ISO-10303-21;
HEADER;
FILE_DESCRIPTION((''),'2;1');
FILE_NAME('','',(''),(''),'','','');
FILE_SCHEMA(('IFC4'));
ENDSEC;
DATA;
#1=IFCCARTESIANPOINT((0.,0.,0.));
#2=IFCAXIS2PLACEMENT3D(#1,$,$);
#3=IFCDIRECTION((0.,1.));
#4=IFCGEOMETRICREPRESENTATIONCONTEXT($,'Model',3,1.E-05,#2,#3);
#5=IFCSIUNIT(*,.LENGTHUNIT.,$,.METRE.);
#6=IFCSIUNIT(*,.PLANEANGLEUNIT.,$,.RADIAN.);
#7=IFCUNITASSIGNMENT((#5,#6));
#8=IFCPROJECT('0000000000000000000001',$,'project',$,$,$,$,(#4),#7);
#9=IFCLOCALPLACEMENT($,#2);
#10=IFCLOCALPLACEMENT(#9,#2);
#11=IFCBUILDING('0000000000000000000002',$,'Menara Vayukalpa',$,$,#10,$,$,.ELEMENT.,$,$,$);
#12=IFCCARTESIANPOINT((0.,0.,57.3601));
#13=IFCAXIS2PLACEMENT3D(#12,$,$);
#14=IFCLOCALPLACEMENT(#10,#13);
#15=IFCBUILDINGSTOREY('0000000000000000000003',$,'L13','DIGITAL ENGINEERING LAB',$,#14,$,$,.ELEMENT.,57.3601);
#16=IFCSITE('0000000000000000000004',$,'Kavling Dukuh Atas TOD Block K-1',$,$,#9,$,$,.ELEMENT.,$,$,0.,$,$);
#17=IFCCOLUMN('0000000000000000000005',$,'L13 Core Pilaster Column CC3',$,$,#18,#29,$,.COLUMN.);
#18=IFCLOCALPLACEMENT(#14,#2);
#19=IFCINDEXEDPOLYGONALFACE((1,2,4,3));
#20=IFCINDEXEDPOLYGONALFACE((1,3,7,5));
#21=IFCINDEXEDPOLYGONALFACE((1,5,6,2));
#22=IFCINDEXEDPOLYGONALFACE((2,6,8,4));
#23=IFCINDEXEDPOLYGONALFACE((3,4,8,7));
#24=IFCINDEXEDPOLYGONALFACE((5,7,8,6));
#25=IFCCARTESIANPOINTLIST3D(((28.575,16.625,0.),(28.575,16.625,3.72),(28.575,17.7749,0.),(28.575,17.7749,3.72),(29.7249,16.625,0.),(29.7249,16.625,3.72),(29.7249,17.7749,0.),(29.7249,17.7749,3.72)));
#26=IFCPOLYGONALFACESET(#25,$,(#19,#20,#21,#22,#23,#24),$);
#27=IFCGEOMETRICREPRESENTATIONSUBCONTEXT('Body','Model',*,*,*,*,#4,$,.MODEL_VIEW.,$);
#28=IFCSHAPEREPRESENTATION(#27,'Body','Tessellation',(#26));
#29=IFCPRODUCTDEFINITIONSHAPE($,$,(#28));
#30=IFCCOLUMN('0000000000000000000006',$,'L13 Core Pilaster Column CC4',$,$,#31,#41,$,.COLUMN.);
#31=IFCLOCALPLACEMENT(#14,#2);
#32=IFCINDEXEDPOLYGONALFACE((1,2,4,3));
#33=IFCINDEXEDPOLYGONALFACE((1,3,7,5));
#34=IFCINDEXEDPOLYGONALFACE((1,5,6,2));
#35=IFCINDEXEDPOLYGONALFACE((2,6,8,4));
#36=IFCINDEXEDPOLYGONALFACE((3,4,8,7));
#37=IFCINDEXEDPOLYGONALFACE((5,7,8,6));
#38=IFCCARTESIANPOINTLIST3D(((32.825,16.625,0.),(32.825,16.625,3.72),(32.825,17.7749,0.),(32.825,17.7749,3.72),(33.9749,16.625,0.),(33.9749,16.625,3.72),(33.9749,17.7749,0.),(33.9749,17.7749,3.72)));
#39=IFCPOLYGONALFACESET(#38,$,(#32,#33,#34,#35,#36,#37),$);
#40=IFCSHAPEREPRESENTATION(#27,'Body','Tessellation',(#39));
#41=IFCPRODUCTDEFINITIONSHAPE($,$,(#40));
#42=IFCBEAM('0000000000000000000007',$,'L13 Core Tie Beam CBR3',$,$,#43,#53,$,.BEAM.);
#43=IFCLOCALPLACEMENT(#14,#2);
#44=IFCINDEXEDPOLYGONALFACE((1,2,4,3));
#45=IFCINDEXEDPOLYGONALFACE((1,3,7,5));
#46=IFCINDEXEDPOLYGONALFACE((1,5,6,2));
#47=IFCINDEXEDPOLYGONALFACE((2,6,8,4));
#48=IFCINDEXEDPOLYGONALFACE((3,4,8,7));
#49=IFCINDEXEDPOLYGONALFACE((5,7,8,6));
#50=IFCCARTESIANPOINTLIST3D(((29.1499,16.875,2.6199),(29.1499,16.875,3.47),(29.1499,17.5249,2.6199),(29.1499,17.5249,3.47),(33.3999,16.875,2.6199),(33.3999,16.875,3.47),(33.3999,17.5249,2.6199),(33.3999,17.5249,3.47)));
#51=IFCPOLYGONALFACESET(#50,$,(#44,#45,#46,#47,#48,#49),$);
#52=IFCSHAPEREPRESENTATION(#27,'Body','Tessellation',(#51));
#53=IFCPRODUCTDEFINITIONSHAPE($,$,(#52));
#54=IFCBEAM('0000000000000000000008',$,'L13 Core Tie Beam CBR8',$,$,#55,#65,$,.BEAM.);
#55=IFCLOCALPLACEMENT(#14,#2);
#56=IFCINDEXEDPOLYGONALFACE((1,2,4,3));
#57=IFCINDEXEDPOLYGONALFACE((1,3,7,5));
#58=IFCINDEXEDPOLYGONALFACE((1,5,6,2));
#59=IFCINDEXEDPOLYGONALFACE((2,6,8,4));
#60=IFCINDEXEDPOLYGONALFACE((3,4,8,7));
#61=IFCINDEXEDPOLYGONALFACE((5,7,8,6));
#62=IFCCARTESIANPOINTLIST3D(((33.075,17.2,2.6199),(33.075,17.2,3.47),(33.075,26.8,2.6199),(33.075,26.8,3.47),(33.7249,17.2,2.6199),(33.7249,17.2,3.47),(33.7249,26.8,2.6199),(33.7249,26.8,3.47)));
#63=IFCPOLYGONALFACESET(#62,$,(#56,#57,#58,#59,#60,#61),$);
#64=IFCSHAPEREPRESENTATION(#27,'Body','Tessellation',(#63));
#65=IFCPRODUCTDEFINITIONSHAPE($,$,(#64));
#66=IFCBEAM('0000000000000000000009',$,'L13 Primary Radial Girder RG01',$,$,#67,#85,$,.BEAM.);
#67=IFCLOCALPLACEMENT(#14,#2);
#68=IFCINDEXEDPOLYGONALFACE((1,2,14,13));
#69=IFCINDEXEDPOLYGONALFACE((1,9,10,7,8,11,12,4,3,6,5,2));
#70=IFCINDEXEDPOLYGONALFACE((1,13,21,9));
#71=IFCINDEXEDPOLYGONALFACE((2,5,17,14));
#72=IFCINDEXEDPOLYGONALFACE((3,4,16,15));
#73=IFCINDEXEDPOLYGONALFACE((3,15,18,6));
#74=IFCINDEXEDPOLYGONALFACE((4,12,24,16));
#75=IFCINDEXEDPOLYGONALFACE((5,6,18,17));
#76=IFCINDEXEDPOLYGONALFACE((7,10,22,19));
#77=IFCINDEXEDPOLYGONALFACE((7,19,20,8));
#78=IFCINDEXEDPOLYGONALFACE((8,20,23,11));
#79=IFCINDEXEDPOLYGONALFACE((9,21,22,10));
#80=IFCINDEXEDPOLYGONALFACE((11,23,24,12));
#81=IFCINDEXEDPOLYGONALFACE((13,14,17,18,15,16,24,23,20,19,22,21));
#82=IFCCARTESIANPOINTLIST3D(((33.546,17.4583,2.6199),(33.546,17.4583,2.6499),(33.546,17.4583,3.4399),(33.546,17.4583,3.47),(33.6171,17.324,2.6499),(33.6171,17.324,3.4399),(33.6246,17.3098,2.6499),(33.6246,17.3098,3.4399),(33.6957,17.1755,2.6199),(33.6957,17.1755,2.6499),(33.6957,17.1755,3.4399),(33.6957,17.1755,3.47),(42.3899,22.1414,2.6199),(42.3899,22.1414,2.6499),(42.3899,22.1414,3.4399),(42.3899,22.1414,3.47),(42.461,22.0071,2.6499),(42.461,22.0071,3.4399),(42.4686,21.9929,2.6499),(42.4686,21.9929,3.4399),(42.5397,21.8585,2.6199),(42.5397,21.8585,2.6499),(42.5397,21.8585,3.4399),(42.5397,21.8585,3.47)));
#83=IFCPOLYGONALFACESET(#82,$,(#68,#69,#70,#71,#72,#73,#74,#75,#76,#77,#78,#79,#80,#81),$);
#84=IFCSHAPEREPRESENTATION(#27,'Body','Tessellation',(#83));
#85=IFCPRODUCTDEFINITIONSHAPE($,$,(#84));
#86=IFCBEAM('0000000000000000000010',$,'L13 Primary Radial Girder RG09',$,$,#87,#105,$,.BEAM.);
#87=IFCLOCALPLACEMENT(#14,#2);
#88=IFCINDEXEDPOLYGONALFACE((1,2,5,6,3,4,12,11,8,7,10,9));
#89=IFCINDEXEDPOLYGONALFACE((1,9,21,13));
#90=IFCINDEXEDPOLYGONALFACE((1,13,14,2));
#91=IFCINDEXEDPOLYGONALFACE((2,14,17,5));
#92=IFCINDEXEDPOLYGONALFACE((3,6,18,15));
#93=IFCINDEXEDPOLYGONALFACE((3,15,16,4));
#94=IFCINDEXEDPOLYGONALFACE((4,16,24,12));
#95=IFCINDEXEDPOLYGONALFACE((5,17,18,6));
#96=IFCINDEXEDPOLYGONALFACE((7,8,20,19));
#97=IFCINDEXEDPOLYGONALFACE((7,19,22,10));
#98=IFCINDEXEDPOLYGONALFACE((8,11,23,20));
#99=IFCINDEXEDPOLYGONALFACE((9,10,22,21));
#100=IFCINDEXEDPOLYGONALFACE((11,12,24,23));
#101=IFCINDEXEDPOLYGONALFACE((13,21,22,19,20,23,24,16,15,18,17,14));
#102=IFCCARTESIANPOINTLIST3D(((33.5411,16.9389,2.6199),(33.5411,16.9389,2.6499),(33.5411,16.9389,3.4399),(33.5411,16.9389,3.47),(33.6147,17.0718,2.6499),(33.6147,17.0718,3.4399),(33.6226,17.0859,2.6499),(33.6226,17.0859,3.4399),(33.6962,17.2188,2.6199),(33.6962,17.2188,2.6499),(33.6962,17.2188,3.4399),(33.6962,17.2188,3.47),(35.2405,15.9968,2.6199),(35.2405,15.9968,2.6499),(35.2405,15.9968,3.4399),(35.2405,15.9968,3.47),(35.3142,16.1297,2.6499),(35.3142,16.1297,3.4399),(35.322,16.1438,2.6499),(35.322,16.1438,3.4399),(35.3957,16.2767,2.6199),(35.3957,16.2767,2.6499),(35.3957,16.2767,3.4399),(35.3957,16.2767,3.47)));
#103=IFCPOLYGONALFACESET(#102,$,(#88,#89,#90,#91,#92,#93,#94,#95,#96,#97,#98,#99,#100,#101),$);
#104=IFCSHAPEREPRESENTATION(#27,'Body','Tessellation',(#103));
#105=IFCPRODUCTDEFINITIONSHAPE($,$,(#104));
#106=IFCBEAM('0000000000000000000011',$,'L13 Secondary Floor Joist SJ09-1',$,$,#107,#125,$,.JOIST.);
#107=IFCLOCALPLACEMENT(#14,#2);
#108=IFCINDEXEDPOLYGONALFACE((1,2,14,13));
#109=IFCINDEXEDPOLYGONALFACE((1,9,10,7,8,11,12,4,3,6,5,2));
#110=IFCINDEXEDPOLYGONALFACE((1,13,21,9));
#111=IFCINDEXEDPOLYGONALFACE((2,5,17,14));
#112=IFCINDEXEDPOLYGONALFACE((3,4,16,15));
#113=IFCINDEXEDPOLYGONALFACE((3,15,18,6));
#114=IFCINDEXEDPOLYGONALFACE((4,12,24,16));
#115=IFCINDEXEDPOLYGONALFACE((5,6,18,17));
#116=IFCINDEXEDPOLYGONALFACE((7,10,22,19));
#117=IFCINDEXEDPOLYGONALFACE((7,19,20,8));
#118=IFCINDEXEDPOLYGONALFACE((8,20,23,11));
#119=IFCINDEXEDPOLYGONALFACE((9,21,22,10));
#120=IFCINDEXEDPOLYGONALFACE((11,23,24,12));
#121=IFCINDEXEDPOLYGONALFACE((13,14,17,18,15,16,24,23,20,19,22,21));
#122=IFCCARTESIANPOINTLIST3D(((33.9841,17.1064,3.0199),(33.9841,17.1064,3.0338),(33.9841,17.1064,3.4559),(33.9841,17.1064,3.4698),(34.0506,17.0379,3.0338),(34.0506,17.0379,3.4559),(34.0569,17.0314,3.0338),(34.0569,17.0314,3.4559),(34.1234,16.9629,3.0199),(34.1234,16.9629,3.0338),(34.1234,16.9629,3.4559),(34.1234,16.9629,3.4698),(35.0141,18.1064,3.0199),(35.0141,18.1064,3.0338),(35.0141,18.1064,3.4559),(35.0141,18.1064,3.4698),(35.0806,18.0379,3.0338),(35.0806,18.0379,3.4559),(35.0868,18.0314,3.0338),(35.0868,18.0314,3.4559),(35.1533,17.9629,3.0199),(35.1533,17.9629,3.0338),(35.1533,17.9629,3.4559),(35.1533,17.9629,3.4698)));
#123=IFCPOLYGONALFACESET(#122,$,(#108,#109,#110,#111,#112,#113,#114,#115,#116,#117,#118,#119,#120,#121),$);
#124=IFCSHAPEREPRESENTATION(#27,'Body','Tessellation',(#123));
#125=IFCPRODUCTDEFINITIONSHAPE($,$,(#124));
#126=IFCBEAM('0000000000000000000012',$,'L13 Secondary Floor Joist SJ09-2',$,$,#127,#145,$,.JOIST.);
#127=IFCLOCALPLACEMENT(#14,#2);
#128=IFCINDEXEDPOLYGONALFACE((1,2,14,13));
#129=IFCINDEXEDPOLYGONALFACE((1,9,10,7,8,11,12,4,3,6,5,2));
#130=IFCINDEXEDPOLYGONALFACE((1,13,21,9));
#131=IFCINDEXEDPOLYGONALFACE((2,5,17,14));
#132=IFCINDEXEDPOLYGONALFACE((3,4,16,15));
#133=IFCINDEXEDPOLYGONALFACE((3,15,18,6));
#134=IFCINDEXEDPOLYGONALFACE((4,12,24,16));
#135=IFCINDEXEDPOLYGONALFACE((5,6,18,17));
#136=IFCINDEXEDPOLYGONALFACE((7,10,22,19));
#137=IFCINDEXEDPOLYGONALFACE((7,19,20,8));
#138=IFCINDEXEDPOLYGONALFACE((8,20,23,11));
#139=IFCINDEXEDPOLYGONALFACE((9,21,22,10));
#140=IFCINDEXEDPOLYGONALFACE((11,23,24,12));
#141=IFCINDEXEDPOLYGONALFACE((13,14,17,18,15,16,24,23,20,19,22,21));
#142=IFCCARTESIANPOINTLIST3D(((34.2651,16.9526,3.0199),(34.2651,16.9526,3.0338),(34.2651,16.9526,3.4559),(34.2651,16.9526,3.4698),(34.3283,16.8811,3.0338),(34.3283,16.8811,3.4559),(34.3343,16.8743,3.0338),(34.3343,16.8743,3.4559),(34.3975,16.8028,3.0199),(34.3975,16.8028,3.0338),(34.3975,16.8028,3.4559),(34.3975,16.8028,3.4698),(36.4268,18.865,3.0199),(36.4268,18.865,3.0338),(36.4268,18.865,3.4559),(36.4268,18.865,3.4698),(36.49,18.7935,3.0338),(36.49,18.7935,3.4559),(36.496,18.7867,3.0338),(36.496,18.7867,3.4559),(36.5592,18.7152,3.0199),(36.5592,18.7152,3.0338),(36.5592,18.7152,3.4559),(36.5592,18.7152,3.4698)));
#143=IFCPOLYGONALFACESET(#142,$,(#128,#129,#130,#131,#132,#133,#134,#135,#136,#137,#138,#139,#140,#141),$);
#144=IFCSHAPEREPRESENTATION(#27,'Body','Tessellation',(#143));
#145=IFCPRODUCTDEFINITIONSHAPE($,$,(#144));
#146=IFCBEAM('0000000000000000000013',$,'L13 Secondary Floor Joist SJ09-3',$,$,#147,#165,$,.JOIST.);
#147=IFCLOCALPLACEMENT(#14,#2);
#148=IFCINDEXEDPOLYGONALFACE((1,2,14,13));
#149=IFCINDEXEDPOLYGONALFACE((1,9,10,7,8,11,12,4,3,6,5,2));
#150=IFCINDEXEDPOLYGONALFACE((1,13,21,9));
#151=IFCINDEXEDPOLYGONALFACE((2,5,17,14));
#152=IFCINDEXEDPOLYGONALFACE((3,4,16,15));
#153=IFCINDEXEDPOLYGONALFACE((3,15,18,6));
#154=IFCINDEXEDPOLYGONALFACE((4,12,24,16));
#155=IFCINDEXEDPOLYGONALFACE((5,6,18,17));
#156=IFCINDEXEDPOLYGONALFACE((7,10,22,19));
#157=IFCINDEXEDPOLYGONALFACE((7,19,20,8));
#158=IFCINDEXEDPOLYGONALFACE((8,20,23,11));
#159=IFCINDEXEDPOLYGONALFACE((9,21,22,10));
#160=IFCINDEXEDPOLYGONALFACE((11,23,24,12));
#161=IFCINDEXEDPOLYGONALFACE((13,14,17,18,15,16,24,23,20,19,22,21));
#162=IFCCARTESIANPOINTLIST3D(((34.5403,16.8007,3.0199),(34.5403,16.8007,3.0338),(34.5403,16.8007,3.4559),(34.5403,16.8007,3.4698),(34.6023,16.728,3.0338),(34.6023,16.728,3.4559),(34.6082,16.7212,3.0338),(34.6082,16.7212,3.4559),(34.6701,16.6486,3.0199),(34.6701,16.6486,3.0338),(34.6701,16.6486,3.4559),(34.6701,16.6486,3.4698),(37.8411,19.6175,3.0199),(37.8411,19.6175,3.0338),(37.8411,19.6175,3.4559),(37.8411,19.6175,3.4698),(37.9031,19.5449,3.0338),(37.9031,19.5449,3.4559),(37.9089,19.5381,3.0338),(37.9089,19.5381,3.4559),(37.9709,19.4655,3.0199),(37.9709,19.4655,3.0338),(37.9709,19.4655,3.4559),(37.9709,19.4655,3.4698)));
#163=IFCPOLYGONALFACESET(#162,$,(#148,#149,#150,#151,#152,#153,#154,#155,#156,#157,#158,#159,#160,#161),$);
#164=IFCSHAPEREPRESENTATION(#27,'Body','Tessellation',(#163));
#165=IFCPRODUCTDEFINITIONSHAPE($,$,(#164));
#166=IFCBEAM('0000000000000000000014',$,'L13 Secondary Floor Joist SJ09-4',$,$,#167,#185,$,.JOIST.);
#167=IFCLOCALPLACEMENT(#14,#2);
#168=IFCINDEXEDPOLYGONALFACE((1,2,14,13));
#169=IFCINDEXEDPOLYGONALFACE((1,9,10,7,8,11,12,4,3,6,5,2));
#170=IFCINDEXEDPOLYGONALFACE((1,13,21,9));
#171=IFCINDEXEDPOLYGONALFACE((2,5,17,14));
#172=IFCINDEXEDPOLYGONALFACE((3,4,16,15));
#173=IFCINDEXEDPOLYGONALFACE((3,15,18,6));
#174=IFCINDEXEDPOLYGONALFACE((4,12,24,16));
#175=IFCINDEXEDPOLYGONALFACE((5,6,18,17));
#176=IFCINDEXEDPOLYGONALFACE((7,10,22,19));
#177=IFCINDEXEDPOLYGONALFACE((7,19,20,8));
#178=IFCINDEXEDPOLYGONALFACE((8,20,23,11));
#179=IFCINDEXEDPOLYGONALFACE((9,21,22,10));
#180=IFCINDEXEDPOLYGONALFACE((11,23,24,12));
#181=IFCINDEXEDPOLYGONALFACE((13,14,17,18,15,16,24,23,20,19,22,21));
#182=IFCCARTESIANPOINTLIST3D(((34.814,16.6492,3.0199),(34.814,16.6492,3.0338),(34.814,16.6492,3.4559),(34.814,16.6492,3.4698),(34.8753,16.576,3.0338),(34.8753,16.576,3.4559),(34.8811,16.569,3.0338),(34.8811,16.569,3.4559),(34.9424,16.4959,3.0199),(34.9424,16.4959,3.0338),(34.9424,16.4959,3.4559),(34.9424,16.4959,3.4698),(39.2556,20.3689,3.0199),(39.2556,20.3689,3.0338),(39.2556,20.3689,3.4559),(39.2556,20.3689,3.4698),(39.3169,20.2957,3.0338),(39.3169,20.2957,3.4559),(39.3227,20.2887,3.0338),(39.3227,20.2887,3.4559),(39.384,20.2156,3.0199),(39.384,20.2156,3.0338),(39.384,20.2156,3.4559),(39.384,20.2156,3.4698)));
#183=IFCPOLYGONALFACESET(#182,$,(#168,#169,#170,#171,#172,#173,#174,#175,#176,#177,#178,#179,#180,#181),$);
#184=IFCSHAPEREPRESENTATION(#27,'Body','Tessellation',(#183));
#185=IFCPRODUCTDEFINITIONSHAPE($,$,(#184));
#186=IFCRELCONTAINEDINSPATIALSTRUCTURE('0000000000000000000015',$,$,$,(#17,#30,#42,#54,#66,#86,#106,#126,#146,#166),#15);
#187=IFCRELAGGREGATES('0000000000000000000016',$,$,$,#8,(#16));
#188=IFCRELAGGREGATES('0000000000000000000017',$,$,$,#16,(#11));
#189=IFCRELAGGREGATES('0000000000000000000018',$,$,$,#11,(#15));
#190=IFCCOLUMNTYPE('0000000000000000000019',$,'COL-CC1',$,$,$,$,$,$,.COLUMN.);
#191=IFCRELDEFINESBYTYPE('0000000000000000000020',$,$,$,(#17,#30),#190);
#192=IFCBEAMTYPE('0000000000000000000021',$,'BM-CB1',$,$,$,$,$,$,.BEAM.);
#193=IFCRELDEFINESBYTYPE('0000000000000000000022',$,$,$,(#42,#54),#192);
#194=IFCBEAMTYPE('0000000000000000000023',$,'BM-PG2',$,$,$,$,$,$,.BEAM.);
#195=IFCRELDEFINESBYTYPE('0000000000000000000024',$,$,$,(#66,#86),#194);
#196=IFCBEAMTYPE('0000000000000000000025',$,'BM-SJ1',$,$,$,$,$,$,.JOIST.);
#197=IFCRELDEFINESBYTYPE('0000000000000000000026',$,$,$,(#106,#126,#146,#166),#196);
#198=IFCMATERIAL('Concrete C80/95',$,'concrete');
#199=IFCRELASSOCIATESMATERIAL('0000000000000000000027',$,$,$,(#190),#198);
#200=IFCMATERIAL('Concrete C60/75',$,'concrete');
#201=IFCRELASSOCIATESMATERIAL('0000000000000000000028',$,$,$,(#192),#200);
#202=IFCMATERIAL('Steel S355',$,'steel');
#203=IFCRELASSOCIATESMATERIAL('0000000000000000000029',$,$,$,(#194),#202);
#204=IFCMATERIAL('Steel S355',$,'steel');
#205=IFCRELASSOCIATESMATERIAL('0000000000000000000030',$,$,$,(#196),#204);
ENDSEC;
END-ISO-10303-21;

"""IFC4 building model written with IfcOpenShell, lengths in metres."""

from ifc_helpers import new_model, si_unit, direction, frame, origin, origin_2d, place, context, subcontext, project, spatial, rectangle, i_section, extrude, material, material_profile, profile_set, type_object, element, save


model = new_model("IFC4")

# Units and contexts
model_context = context("Model", 3, precision=1e-05, world=origin(), true_north=direction((0.0, 1.0)))
body_context = subcontext(model_context, "Body", "Model", "MODEL_VIEW")
ifc_project = project(units=[si_unit("LENGTHUNIT", "METRE"), si_unit("PLANEANGLEUNIT", "RADIAN")], contexts=[model_context])

# Site, building, storey
site_placement = place(None, origin())
site = spatial("IfcSite", under=ifc_project, at=site_placement, Name="Kavling Dukuh Atas TOD Block K-1", CompositionType="ELEMENT", RefElevation=0.0)
building_placement = place(site_placement, origin())
building = spatial("IfcBuilding", under=site, at=building_placement, Name="Menara Vayukalpa", CompositionType="ELEMENT")
storey_placement = place(building_placement, frame((0.0, 0.0, 57.3601)))
storey = spatial("IfcBuildingStorey", under=building, at=storey_placement, Name="L13", Description="DIGITAL ENGINEERING LAB", CompositionType="ELEMENT", Elevation=57.3601)

# Columns
ifc_material_1 = material(Name="Concrete C80/95", Category="concrete")
ifc_material_profile_1 = material_profile(ifc_material_1, rectangle(XDim=1.1499, YDim=1.1499, at=origin_2d()), Name="RC 1150x1150")
ifc_profile_set_1 = profile_set([ifc_material_profile_1], Name="Concrete C80/95")
column_type = type_object("IfcColumnType", Name="COL-CC1", PredefinedType="COLUMN", material=ifc_profile_set_1)
for number, where, z_axis, x_axis, name in (
    (1, (29.1499, 17.2, 0.0), (0.0, 0.0, 1.0), (1.0, 0.0, 0.0), "L13 Core Pilaster Column CC3"),
    (2, (33.3999, 17.2, 0.0), (0.0, 0.0, 1.0), (1.0, 0.0, 0.0), "L13 Core Pilaster Column CC4"),
):
    element("IfcColumn", number, at=place(storey_placement, frame(where, z_axis=z_axis, x_axis=x_axis)), inside=storey, type_object=column_type, Name=name, PredefinedType="COLUMN", context=body_context, shape_type="SweptSolid", body=[
        extrude(rectangle(XDim=1.1499, YDim=1.1499, at=origin_2d()), origin(), (0.0, 0.0, 1.0), 3.72),
    ])

# Beams
ifc_material_2 = material(Name="Concrete C60/75", Category="concrete")
ifc_material_profile_2 = material_profile(ifc_material_2, rectangle(XDim=0.6499, YDim=0.8501, at=origin_2d()), Name="RC 650x850")
ifc_profile_set_2 = profile_set([ifc_material_profile_2], Name="Concrete C60/75")
beam_type_1 = type_object("IfcBeamType", Name="BM-CB1", PredefinedType="BEAM", material=ifc_profile_set_2)
beam_1_placement = place(storey_placement, frame((29.1499, 17.2, 3.0449), z_axis=(1.0, 0.0, 0.0), x_axis=(0.0, 1.0, 0.0)))
element("IfcBeam", 3, at=beam_1_placement, inside=storey, type_object=beam_type_1, Name="L13 Core Tie Beam CBR3", PredefinedType="BEAM", context=body_context, shape_type="SweptSolid", body=[
    extrude(rectangle(XDim=0.6499, YDim=0.8501, at=origin_2d()), origin(), (0.0, 0.0, 1.0), 4.25),
])
beam_2_placement = place(storey_placement, frame((33.3999, 17.2, 3.0449), z_axis=(0.0, 1.0, 0.0), x_axis=(-1.0, 0.0, 0.0)))
element("IfcBeam", 4, at=beam_2_placement, inside=storey, type_object=beam_type_1, Name="L13 Core Tie Beam CBR8", PredefinedType="BEAM", context=body_context, shape_type="SweptSolid", body=[
    extrude(rectangle(XDim=0.6499, YDim=0.8501, at=origin_2d()), origin(), (0.0, 0.0, 1.0), 9.6001),
])
ifc_material_3 = material(Name="Steel S355", Category="steel")
ifc_material_profile_3 = material_profile(ifc_material_3, i_section(OverallWidth=0.3201, OverallDepth=0.8501, WebThickness=0.0161, FlangeThickness=0.03, at=origin_2d()), Name="WF 850x320x16x30")
ifc_profile_set_3 = profile_set([ifc_material_profile_3], Name="Steel S355")
beam_type_2 = type_object("IfcBeamType", Name="BM-PG2", PredefinedType="BEAM", material=ifc_profile_set_3)
beam_3_placement = place(storey_placement, frame((33.6208, 17.3169, 3.0449), z_axis=(0.883747, 0.467965, 0.0), x_axis=(-0.467965, 0.883747, 0.0)))
element("IfcBeam", 5, at=beam_3_placement, inside=storey, type_object=beam_type_2, Name="L13 Primary Radial Girder RG01", PredefinedType="BEAM", context=body_context, shape_type="SweptSolid", body=[
    extrude(i_section(OverallWidth=0.3201, OverallDepth=0.8501, WebThickness=0.0161, FlangeThickness=0.03, at=origin_2d()), origin(), (0.0, 0.0, 1.0), 10.0073),
])
beam_4_placement = place(storey_placement, frame((33.6187, 17.0789, 3.0449), z_axis=(0.874595, -0.484853, 0.0), x_axis=(0.484853, 0.874595, 0.0)))
element("IfcBeam", 6, at=beam_4_placement, inside=storey, type_object=beam_type_2, Name="L13 Primary Radial Girder RG09", PredefinedType="BEAM", context=body_context, shape_type="SweptSolid", body=[
    extrude(i_section(OverallWidth=0.3201, OverallDepth=0.8501, WebThickness=0.0161, FlangeThickness=0.03, at=origin_2d()), origin(), (0.0, 0.0, 1.0), 1.9431),
])
ifc_material_4 = material(Name="Steel S355", Category="steel")
ifc_material_profile_4 = material_profile(ifc_material_4, i_section(OverallWidth=0.2, OverallDepth=0.45, WebThickness=0.009, FlangeThickness=0.0139, at=origin_2d()), Name="WF 450x200x9x14")
ifc_profile_set_4 = profile_set([ifc_material_profile_4], Name="Steel S355")
beam_type_3 = type_object("IfcBeamType", Name="BM-SJ1", PredefinedType="JOIST", material=ifc_profile_set_4)
beam_5_placement = place(storey_placement, frame((34.0537, 17.0347, 3.2449), z_axis=(0.717488, 0.696571, 0.0), x_axis=(-0.696571, 0.717488, 0.0)))
element("IfcBeam", 7, at=beam_5_placement, inside=storey, type_object=beam_type_3, Name="L13 Secondary Floor Joist SJ09-1", PredefinedType="JOIST", context=body_context, shape_type="SweptSolid", body=[
    extrude(i_section(OverallWidth=0.2, OverallDepth=0.45, WebThickness=0.009, FlangeThickness=0.0139, at=origin_2d()), origin(), (0.0, 0.0, 1.0), 1.4355),
])
beam_6_placement = place(storey_placement, frame((34.3313, 16.8777, 3.2449), z_axis=(0.748971, 0.662603, 0.0), x_axis=(-0.662603, 0.748971, 0.0)))
element("IfcBeam", 8, at=beam_6_placement, inside=storey, type_object=beam_type_3, Name="L13 Secondary Floor Joist SJ09-2", PredefinedType="JOIST", context=body_context, shape_type="SweptSolid", body=[
    extrude(i_section(OverallWidth=0.2, OverallDepth=0.45, WebThickness=0.009, FlangeThickness=0.0139, at=origin_2d()), origin(), (0.0, 0.0, 1.0), 2.8862),
])
beam_7_placement = place(storey_placement, frame((34.6052, 16.7246, 3.2449), z_axis=(0.760661, 0.64915, 0.0), x_axis=(-0.64915, 0.760661, 0.0)))
element("IfcBeam", 9, at=beam_7_placement, inside=storey, type_object=beam_type_3, Name="L13 Secondary Floor Joist SJ09-3", PredefinedType="JOIST", context=body_context, shape_type="SweptSolid", body=[
    extrude(i_section(OverallWidth=0.2, OverallDepth=0.45, WebThickness=0.009, FlangeThickness=0.0139, at=origin_2d()), origin(), (0.0, 0.0, 1.0), 4.3394),
])
beam_8_placement = place(storey_placement, frame((34.8782, 16.5725, 3.2449), z_axis=(0.766661, 0.642052, 0.0), x_axis=(-0.642052, 0.766661, 0.0)))
element("IfcBeam", 10, at=beam_8_placement, inside=storey, type_object=beam_type_3, Name="L13 Secondary Floor Joist SJ09-4", PredefinedType="JOIST", context=body_context, shape_type="SweptSolid", body=[
    extrude(i_section(OverallWidth=0.2, OverallDepth=0.45, WebThickness=0.009, FlangeThickness=0.0139, at=origin_2d()), origin(), (0.0, 0.0, 1.0), 5.7935),
])

save(model, "model.ifc")
